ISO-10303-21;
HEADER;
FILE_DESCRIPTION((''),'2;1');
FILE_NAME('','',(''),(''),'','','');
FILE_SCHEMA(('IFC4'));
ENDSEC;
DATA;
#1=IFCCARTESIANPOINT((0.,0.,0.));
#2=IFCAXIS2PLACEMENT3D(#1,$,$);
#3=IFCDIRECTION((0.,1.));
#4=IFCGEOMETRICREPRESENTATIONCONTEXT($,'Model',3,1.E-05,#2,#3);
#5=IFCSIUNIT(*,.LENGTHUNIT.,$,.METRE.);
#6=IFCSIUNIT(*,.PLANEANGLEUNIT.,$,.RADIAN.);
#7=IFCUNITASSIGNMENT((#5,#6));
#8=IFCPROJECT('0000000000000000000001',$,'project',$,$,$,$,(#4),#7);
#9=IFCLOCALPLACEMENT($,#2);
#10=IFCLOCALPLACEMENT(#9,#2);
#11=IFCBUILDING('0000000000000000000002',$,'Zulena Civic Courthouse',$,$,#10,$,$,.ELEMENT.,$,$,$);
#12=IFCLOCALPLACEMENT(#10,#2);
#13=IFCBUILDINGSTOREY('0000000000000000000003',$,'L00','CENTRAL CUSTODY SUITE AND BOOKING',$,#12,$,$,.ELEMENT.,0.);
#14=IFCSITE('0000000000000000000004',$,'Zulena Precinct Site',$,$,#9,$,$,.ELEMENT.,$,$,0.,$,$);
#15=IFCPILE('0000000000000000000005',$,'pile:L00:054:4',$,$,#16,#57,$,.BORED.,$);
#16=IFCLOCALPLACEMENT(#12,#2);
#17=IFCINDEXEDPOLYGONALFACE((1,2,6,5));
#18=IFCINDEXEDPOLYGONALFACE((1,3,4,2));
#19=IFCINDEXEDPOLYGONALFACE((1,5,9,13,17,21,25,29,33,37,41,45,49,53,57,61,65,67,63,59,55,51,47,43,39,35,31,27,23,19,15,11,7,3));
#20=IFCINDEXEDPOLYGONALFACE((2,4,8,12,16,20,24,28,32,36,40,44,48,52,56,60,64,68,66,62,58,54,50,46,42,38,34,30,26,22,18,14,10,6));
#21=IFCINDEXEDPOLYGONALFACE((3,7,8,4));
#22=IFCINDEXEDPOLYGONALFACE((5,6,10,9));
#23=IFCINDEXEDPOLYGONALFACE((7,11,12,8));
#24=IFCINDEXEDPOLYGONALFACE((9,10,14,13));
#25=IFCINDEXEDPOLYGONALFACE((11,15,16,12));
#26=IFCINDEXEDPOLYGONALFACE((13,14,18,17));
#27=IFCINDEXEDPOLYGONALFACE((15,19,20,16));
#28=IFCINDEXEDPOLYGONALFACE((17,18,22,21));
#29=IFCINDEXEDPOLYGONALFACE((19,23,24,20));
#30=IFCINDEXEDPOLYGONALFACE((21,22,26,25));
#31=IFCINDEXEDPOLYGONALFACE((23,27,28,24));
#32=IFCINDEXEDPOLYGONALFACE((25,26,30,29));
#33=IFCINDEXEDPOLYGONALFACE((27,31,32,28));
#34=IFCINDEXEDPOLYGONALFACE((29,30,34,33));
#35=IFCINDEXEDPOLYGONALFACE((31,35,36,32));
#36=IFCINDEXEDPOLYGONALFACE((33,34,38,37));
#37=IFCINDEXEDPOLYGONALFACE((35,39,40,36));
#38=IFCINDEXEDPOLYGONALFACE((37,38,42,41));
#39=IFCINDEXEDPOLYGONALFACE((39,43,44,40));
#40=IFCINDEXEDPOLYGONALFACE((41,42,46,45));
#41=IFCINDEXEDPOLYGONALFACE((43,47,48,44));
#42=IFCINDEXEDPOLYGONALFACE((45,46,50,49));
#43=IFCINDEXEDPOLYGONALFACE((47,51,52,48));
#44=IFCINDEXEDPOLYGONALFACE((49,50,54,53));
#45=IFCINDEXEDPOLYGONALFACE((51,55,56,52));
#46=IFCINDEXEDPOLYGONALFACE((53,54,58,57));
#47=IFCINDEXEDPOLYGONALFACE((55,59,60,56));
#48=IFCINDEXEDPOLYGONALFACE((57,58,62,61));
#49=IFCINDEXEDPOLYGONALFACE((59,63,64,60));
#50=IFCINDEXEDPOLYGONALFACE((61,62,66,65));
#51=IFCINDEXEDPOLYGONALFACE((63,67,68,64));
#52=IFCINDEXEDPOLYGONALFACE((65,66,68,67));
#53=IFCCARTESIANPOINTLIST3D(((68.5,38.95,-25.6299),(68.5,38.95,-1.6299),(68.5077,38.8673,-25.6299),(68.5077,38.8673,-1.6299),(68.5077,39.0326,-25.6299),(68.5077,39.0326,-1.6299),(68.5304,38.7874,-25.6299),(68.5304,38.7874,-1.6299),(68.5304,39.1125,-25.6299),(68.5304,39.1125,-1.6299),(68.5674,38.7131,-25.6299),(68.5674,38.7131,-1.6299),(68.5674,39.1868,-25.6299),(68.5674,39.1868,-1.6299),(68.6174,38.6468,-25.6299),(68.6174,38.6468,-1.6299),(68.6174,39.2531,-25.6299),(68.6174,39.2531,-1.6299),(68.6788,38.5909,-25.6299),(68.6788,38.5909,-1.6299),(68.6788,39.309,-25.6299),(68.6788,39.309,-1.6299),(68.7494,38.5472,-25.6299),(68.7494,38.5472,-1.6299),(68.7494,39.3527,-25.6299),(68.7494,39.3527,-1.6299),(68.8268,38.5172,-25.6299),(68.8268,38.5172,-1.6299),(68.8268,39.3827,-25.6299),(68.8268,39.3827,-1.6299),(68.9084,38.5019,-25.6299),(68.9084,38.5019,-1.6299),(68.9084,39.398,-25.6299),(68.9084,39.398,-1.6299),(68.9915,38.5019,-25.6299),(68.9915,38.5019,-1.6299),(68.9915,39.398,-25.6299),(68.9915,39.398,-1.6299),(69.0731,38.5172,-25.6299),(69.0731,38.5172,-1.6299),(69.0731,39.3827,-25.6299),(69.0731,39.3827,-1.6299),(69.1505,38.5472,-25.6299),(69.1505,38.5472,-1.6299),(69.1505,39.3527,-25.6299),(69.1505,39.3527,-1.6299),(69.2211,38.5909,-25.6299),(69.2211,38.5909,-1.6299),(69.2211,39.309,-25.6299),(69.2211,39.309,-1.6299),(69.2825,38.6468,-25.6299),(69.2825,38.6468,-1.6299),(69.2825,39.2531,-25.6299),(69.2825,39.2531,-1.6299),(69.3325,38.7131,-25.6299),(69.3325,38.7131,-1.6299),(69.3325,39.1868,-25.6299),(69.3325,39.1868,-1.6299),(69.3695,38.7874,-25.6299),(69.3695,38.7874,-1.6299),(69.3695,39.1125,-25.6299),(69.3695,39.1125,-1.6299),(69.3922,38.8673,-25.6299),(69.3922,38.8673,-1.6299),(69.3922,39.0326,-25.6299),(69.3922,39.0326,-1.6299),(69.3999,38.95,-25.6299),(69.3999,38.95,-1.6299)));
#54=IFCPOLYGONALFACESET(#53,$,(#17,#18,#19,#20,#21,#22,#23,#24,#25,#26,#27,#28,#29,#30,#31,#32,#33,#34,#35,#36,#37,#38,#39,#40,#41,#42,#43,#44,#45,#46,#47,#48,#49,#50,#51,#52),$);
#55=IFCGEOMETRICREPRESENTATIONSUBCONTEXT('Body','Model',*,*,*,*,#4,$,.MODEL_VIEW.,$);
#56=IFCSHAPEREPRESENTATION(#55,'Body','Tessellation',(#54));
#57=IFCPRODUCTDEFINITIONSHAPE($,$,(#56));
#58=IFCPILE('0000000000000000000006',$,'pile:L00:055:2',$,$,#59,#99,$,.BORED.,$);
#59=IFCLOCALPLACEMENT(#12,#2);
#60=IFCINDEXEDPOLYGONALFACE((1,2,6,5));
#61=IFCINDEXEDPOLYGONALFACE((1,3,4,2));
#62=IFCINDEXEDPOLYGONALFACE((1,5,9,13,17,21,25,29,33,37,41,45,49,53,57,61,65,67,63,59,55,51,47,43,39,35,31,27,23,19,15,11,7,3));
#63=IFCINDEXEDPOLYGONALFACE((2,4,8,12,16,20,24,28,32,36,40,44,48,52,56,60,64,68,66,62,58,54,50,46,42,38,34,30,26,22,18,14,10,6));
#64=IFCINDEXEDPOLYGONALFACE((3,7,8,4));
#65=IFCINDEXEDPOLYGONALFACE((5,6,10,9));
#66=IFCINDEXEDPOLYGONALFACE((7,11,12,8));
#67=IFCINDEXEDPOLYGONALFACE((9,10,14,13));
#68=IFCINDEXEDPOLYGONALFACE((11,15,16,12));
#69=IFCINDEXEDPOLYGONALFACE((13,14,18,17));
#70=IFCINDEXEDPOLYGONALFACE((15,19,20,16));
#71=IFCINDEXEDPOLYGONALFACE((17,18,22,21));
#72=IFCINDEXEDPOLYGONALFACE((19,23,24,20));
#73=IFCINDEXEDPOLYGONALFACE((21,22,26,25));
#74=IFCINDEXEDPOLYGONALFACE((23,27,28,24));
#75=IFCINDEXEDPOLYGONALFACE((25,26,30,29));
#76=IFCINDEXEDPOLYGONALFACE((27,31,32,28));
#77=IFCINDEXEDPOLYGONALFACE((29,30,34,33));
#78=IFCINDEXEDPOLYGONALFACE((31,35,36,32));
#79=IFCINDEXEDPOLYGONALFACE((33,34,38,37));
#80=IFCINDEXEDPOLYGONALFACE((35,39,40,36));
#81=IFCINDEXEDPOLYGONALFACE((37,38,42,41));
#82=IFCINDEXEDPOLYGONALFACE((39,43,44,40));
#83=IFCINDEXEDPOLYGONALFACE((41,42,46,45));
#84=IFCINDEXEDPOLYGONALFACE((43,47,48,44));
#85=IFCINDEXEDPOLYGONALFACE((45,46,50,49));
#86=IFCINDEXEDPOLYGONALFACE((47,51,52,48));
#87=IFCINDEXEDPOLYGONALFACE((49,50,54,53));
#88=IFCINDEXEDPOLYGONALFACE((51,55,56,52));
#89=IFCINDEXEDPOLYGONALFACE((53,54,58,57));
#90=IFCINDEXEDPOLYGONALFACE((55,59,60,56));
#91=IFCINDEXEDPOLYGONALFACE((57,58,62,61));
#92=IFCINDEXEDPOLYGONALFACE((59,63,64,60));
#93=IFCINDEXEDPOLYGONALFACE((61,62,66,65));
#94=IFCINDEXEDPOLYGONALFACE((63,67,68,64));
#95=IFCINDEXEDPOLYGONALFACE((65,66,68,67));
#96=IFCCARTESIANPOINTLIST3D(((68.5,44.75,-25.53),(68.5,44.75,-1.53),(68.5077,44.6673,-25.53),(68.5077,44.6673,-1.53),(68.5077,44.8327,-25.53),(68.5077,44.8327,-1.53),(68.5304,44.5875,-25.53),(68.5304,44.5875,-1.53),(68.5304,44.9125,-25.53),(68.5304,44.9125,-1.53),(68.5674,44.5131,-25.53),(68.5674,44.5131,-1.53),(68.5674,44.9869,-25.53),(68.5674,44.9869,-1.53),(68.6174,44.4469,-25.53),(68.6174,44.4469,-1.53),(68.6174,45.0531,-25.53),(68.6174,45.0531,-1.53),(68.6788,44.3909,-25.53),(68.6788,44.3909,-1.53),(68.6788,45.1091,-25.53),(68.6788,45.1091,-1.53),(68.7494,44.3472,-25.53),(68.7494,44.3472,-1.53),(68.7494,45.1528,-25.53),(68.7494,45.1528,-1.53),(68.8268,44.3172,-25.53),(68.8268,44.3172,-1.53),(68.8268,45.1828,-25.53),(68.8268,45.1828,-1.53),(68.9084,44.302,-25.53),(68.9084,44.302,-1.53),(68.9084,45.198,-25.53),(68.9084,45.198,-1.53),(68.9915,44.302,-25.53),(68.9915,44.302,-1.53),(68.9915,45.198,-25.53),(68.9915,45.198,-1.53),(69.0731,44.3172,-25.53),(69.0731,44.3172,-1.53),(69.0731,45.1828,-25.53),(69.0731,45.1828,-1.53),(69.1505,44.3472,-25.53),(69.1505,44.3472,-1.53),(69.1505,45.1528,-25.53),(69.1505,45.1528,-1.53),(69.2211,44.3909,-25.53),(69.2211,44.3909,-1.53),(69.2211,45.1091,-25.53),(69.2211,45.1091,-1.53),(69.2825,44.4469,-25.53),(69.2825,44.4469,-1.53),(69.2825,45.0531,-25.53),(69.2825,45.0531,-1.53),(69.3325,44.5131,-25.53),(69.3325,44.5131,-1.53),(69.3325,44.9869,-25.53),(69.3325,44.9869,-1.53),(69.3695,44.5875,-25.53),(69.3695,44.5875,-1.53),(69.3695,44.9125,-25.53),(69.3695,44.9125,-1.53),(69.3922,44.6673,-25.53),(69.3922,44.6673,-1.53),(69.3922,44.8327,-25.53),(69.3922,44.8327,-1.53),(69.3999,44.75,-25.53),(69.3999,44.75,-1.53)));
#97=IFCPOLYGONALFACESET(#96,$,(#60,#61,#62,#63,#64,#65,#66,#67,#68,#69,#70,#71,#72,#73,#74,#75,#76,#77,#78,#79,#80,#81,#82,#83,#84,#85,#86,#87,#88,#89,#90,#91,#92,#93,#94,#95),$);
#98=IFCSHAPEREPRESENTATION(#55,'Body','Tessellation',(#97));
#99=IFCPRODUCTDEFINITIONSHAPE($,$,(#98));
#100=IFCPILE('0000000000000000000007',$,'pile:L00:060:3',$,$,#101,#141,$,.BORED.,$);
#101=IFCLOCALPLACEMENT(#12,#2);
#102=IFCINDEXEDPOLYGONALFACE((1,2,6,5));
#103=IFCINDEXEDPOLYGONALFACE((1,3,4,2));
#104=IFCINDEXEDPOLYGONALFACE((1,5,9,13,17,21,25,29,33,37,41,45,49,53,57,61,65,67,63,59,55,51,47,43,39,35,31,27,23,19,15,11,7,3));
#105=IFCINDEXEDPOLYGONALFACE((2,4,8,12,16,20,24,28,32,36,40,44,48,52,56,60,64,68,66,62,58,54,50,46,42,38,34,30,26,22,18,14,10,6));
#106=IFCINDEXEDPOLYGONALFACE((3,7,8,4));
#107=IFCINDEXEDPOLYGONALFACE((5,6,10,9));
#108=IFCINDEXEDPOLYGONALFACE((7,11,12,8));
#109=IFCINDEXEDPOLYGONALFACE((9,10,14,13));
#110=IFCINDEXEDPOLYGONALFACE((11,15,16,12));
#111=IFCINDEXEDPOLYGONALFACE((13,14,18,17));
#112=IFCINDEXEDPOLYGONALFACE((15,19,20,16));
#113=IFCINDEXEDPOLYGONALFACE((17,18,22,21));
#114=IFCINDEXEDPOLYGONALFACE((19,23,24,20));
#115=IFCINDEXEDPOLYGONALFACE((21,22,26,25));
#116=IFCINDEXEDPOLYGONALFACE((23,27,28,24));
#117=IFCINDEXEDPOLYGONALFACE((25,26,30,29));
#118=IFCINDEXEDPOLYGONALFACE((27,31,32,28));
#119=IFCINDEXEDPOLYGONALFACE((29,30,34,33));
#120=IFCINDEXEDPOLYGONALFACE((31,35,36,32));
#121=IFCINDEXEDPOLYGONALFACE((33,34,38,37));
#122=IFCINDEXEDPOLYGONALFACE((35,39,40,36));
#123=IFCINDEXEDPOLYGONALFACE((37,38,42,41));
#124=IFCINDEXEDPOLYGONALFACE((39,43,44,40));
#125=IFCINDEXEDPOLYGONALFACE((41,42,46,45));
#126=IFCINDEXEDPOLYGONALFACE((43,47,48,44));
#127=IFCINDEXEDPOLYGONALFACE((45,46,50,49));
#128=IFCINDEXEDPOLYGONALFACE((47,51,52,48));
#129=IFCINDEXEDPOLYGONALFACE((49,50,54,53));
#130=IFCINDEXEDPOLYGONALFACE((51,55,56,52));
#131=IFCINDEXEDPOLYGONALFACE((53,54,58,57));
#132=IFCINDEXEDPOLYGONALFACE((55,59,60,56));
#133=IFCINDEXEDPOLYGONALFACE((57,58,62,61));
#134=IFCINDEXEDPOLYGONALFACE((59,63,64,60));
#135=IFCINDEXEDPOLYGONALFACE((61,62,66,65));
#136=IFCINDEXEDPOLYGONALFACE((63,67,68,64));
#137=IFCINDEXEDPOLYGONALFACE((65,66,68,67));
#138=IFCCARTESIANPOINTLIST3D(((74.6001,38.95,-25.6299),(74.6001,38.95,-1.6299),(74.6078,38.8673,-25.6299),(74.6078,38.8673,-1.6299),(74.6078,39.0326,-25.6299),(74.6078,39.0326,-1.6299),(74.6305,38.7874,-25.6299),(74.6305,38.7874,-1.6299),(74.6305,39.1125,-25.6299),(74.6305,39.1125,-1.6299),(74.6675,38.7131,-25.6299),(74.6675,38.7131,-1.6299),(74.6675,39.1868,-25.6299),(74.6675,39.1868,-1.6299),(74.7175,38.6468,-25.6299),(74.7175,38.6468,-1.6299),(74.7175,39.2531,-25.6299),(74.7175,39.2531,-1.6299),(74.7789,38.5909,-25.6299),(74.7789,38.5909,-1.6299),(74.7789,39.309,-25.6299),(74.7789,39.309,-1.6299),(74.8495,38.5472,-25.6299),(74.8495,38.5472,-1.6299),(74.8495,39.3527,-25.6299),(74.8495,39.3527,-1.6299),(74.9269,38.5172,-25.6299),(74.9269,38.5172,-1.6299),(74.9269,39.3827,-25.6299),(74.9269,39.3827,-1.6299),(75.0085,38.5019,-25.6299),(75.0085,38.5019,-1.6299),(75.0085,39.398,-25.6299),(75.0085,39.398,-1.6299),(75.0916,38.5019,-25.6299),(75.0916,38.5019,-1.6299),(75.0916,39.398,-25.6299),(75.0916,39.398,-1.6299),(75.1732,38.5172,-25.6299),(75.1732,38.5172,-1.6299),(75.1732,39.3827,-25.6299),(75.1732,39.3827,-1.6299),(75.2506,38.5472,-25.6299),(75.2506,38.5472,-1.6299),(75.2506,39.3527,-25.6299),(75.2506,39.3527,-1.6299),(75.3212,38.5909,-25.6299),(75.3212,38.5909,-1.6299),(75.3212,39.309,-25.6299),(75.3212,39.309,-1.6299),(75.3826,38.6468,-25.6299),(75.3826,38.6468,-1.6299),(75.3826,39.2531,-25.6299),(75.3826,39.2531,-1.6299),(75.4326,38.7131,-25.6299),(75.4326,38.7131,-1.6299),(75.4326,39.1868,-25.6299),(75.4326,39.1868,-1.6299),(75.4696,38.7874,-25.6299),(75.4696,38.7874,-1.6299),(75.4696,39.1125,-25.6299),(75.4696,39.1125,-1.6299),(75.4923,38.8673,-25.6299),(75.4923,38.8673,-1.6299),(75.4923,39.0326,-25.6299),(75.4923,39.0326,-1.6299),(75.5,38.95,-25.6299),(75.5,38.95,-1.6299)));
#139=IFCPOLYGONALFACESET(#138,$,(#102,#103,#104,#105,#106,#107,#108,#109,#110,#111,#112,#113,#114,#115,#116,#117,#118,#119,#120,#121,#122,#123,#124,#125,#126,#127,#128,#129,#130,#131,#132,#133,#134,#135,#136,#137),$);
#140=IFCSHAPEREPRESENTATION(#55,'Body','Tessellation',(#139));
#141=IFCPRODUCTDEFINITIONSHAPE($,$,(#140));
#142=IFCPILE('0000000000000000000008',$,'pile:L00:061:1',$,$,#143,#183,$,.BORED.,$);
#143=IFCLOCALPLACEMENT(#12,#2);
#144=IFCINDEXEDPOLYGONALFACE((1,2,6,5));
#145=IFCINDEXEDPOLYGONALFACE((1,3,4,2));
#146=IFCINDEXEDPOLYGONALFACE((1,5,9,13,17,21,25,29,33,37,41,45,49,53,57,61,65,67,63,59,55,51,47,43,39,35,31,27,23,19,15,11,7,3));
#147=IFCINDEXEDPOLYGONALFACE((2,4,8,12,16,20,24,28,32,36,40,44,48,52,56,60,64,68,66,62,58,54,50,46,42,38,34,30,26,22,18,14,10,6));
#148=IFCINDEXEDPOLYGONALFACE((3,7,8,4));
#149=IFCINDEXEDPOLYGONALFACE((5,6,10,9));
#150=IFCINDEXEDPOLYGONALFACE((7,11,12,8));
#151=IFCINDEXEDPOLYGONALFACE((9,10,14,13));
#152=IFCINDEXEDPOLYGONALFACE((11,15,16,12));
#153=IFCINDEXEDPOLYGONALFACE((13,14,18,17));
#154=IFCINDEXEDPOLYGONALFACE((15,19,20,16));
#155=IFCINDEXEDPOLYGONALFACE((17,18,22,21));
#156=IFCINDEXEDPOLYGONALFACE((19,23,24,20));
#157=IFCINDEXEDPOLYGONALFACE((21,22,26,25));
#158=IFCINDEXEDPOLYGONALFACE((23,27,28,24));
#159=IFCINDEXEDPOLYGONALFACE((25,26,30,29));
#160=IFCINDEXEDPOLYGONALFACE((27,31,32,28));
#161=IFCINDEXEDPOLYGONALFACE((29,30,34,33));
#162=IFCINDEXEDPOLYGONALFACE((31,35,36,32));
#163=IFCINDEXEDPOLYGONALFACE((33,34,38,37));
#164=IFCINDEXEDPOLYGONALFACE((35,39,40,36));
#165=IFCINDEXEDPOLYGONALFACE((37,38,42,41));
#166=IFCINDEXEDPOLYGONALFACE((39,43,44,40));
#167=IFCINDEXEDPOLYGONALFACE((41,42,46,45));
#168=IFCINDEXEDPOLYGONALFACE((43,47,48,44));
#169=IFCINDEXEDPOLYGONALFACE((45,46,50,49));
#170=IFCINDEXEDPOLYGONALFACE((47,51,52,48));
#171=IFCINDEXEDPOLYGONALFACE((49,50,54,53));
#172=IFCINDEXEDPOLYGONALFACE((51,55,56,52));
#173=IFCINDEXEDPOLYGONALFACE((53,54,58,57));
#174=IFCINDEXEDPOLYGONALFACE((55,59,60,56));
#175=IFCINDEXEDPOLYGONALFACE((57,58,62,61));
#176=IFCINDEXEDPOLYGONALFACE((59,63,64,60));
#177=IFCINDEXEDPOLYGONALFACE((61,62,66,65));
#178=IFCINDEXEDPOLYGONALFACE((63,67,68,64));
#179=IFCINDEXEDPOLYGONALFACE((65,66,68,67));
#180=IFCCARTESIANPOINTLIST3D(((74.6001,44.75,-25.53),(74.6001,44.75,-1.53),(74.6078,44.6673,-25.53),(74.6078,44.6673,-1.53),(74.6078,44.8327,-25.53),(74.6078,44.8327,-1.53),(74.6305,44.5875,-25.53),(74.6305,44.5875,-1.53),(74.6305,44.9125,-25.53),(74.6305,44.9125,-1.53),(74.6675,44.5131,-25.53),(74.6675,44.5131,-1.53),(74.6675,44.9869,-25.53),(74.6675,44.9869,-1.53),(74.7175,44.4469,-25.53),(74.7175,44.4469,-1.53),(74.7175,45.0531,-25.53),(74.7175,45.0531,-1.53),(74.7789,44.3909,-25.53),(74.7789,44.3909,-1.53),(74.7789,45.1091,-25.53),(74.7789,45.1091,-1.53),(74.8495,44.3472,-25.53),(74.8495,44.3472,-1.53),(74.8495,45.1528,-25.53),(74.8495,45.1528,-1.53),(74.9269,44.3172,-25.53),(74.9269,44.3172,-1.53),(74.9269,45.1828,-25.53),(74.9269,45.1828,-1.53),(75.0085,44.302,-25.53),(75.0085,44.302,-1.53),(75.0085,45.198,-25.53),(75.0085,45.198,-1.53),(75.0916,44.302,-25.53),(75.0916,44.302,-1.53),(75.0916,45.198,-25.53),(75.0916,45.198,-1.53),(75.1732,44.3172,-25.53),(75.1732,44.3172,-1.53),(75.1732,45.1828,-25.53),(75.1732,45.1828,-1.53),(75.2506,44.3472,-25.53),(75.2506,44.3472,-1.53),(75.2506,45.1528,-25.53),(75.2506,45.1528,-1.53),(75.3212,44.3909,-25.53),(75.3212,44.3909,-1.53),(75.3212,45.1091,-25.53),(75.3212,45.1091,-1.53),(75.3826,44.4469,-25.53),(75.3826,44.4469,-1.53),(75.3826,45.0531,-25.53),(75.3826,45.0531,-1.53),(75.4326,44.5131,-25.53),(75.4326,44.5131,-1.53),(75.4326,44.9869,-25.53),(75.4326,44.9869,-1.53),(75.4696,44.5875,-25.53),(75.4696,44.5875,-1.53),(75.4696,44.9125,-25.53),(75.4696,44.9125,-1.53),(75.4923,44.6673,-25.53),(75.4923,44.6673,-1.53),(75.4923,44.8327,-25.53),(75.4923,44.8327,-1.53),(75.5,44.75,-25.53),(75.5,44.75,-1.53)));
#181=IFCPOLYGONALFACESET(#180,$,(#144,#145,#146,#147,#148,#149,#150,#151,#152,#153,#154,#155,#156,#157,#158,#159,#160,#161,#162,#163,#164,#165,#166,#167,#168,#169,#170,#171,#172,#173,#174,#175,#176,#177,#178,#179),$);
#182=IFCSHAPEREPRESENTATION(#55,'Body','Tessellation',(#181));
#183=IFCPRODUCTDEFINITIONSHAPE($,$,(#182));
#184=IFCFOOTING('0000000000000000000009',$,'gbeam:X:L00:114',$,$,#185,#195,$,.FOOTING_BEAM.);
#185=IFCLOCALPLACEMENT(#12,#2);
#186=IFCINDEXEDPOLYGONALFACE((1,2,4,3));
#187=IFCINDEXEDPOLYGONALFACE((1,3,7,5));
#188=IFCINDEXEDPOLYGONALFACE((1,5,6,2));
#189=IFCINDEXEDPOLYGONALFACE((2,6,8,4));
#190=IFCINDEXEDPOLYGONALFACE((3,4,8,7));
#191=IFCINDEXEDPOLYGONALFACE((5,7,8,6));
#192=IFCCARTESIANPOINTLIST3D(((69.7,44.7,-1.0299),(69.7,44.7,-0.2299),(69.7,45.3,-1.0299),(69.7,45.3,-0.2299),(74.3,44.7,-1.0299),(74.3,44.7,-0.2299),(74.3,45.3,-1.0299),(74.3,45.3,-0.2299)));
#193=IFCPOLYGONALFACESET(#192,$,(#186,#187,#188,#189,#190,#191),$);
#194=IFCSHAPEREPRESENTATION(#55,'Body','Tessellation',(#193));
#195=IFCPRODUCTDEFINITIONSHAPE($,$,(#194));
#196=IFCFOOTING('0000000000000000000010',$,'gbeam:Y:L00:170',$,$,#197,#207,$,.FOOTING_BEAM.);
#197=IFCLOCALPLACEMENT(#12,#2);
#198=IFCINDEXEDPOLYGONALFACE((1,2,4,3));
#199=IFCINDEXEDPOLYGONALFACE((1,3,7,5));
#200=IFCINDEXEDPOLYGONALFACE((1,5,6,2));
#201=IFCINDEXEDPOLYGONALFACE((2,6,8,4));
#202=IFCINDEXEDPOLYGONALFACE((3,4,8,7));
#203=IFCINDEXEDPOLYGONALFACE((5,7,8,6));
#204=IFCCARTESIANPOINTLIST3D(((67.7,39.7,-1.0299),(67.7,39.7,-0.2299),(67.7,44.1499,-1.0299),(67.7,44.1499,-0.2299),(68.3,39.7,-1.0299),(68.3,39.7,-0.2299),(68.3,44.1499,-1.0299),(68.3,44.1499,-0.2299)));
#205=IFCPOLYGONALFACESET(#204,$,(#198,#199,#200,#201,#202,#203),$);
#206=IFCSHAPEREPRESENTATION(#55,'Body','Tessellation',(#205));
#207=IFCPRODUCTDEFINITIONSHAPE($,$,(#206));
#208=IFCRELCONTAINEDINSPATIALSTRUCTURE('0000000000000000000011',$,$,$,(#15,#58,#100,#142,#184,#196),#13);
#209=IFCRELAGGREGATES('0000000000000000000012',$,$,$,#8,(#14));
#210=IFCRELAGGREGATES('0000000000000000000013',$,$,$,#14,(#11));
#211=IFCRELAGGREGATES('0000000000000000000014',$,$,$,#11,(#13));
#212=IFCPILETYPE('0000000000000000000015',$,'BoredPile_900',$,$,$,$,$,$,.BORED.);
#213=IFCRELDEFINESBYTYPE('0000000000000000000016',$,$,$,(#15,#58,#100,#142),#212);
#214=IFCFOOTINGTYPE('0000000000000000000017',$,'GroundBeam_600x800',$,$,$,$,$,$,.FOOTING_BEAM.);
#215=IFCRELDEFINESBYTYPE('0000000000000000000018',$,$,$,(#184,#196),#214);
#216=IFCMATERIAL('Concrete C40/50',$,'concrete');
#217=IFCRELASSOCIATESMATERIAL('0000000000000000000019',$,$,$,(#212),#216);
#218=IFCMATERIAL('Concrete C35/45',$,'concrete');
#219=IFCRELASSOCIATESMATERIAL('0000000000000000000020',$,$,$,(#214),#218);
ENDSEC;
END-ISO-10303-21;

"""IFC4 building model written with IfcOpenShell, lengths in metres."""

from ifc_helpers import new_model, si_unit, direction, frame, origin, origin_2d, place, context, subcontext, project, spatial, rectangle, circle, extrude, material, material_profile, profile_set, type_object, element, save


model = new_model("IFC4")

# Units and contexts
model_context = context("Model", 3, precision=1e-05, world=origin(), true_north=direction((0.0, 1.0)))
body_context = subcontext(model_context, "Body", "Model", "MODEL_VIEW")
ifc_project = project(units=[si_unit("LENGTHUNIT", "METRE"), si_unit("PLANEANGLEUNIT", "RADIAN")], contexts=[model_context])

# Site, building, storey
site_placement = place(None, origin())
site = spatial("IfcSite", under=ifc_project, at=site_placement, Name="Zulena Precinct Site", CompositionType="ELEMENT", RefElevation=0.0)
building_placement = place(site_placement, origin())
building = spatial("IfcBuilding", under=site, at=building_placement, Name="Zulena Civic Courthouse", CompositionType="ELEMENT")
storey_placement = place(building_placement, origin())
storey = spatial("IfcBuildingStorey", under=building, at=storey_placement, Name="L00", Description="CENTRAL CUSTODY SUITE AND BOOKING", CompositionType="ELEMENT", Elevation=0.0)

# Piles
ifc_material_1 = material(Name="Concrete C40/50", Category="concrete")
ifc_material_profile_1 = material_profile(ifc_material_1, circle(Radius=0.45, at=origin_2d()), Name="PILE900")
ifc_profile_set_1 = profile_set([ifc_material_profile_1], Name="Concrete C40/50")
pile_type = type_object("IfcPileType", Name="BoredPile_900", PredefinedType="BORED", material=ifc_profile_set_1)
for number, where, z_axis, x_axis, name in (
    (1, (68.95, 38.95, -1.6299), (0.0, 0.0, -1.0), (1.0, 0.0, 0.0), "pile:L00:054:4"),
    (2, (68.95, 44.75, -1.53), (0.0, 0.0, -1.0), (1.0, 0.0, 0.0), "pile:L00:055:2"),
    (3, (75.05, 38.95, -1.6299), (0.0, 0.0, -1.0), (1.0, 0.0, 0.0), "pile:L00:060:3"),
    (4, (75.05, 44.75, -1.53), (0.0, 0.0, -1.0), (1.0, 0.0, 0.0), "pile:L00:061:1"),
):
    element("IfcPile", number, at=place(storey_placement, frame(where, z_axis=z_axis, x_axis=x_axis)), inside=storey, type_object=pile_type, Name=name, PredefinedType="BORED", context=body_context, shape_type="SweptSolid", body=[
        extrude(circle(Radius=0.45, at=origin_2d()), origin(), (0.0, 0.0, 1.0), 24.0),
    ])

# Footings
ifc_material_2 = material(Name="Concrete C35/45", Category="concrete")
ifc_material_profile_2 = material_profile(ifc_material_2, rectangle(XDim=0.6001, YDim=0.8, at=origin_2d()), Name="RC600X800")
ifc_profile_set_2 = profile_set([ifc_material_profile_2], Name="Concrete C35/45")
footing_type_1 = type_object("IfcFootingType", Name="GroundBeam_600x800", PredefinedType="FOOTING_BEAM", material=ifc_profile_set_2)
footing_1_placement = place(storey_placement, frame((69.7, 45.0, -0.6299), z_axis=(1.0, 0.0, 0.0), x_axis=(0.0, 1.0, 0.0)))
element("IfcFooting", 5, at=footing_1_placement, inside=storey, type_object=footing_type_1, Name="gbeam:X:L00:114", PredefinedType="FOOTING_BEAM", context=body_context, shape_type="SweptSolid", body=[
    extrude(rectangle(XDim=0.6001, YDim=0.8, at=origin_2d()), origin(), (0.0, 0.0, 1.0), 4.6001),
])
footing_2_placement = place(storey_placement, frame((68.0, 39.7, -0.6299), z_axis=(0.0, 1.0, 0.0), x_axis=(-1.0, 0.0, 0.0)))
element("IfcFooting", 6, at=footing_2_placement, inside=storey, type_object=footing_type_1, Name="gbeam:Y:L00:170", PredefinedType="FOOTING_BEAM", context=body_context, shape_type="SweptSolid", body=[
    extrude(rectangle(XDim=0.6001, YDim=0.8, at=origin_2d()), origin(), (0.0, 0.0, 1.0), 4.45),
])

save(model, "model.ifc")
